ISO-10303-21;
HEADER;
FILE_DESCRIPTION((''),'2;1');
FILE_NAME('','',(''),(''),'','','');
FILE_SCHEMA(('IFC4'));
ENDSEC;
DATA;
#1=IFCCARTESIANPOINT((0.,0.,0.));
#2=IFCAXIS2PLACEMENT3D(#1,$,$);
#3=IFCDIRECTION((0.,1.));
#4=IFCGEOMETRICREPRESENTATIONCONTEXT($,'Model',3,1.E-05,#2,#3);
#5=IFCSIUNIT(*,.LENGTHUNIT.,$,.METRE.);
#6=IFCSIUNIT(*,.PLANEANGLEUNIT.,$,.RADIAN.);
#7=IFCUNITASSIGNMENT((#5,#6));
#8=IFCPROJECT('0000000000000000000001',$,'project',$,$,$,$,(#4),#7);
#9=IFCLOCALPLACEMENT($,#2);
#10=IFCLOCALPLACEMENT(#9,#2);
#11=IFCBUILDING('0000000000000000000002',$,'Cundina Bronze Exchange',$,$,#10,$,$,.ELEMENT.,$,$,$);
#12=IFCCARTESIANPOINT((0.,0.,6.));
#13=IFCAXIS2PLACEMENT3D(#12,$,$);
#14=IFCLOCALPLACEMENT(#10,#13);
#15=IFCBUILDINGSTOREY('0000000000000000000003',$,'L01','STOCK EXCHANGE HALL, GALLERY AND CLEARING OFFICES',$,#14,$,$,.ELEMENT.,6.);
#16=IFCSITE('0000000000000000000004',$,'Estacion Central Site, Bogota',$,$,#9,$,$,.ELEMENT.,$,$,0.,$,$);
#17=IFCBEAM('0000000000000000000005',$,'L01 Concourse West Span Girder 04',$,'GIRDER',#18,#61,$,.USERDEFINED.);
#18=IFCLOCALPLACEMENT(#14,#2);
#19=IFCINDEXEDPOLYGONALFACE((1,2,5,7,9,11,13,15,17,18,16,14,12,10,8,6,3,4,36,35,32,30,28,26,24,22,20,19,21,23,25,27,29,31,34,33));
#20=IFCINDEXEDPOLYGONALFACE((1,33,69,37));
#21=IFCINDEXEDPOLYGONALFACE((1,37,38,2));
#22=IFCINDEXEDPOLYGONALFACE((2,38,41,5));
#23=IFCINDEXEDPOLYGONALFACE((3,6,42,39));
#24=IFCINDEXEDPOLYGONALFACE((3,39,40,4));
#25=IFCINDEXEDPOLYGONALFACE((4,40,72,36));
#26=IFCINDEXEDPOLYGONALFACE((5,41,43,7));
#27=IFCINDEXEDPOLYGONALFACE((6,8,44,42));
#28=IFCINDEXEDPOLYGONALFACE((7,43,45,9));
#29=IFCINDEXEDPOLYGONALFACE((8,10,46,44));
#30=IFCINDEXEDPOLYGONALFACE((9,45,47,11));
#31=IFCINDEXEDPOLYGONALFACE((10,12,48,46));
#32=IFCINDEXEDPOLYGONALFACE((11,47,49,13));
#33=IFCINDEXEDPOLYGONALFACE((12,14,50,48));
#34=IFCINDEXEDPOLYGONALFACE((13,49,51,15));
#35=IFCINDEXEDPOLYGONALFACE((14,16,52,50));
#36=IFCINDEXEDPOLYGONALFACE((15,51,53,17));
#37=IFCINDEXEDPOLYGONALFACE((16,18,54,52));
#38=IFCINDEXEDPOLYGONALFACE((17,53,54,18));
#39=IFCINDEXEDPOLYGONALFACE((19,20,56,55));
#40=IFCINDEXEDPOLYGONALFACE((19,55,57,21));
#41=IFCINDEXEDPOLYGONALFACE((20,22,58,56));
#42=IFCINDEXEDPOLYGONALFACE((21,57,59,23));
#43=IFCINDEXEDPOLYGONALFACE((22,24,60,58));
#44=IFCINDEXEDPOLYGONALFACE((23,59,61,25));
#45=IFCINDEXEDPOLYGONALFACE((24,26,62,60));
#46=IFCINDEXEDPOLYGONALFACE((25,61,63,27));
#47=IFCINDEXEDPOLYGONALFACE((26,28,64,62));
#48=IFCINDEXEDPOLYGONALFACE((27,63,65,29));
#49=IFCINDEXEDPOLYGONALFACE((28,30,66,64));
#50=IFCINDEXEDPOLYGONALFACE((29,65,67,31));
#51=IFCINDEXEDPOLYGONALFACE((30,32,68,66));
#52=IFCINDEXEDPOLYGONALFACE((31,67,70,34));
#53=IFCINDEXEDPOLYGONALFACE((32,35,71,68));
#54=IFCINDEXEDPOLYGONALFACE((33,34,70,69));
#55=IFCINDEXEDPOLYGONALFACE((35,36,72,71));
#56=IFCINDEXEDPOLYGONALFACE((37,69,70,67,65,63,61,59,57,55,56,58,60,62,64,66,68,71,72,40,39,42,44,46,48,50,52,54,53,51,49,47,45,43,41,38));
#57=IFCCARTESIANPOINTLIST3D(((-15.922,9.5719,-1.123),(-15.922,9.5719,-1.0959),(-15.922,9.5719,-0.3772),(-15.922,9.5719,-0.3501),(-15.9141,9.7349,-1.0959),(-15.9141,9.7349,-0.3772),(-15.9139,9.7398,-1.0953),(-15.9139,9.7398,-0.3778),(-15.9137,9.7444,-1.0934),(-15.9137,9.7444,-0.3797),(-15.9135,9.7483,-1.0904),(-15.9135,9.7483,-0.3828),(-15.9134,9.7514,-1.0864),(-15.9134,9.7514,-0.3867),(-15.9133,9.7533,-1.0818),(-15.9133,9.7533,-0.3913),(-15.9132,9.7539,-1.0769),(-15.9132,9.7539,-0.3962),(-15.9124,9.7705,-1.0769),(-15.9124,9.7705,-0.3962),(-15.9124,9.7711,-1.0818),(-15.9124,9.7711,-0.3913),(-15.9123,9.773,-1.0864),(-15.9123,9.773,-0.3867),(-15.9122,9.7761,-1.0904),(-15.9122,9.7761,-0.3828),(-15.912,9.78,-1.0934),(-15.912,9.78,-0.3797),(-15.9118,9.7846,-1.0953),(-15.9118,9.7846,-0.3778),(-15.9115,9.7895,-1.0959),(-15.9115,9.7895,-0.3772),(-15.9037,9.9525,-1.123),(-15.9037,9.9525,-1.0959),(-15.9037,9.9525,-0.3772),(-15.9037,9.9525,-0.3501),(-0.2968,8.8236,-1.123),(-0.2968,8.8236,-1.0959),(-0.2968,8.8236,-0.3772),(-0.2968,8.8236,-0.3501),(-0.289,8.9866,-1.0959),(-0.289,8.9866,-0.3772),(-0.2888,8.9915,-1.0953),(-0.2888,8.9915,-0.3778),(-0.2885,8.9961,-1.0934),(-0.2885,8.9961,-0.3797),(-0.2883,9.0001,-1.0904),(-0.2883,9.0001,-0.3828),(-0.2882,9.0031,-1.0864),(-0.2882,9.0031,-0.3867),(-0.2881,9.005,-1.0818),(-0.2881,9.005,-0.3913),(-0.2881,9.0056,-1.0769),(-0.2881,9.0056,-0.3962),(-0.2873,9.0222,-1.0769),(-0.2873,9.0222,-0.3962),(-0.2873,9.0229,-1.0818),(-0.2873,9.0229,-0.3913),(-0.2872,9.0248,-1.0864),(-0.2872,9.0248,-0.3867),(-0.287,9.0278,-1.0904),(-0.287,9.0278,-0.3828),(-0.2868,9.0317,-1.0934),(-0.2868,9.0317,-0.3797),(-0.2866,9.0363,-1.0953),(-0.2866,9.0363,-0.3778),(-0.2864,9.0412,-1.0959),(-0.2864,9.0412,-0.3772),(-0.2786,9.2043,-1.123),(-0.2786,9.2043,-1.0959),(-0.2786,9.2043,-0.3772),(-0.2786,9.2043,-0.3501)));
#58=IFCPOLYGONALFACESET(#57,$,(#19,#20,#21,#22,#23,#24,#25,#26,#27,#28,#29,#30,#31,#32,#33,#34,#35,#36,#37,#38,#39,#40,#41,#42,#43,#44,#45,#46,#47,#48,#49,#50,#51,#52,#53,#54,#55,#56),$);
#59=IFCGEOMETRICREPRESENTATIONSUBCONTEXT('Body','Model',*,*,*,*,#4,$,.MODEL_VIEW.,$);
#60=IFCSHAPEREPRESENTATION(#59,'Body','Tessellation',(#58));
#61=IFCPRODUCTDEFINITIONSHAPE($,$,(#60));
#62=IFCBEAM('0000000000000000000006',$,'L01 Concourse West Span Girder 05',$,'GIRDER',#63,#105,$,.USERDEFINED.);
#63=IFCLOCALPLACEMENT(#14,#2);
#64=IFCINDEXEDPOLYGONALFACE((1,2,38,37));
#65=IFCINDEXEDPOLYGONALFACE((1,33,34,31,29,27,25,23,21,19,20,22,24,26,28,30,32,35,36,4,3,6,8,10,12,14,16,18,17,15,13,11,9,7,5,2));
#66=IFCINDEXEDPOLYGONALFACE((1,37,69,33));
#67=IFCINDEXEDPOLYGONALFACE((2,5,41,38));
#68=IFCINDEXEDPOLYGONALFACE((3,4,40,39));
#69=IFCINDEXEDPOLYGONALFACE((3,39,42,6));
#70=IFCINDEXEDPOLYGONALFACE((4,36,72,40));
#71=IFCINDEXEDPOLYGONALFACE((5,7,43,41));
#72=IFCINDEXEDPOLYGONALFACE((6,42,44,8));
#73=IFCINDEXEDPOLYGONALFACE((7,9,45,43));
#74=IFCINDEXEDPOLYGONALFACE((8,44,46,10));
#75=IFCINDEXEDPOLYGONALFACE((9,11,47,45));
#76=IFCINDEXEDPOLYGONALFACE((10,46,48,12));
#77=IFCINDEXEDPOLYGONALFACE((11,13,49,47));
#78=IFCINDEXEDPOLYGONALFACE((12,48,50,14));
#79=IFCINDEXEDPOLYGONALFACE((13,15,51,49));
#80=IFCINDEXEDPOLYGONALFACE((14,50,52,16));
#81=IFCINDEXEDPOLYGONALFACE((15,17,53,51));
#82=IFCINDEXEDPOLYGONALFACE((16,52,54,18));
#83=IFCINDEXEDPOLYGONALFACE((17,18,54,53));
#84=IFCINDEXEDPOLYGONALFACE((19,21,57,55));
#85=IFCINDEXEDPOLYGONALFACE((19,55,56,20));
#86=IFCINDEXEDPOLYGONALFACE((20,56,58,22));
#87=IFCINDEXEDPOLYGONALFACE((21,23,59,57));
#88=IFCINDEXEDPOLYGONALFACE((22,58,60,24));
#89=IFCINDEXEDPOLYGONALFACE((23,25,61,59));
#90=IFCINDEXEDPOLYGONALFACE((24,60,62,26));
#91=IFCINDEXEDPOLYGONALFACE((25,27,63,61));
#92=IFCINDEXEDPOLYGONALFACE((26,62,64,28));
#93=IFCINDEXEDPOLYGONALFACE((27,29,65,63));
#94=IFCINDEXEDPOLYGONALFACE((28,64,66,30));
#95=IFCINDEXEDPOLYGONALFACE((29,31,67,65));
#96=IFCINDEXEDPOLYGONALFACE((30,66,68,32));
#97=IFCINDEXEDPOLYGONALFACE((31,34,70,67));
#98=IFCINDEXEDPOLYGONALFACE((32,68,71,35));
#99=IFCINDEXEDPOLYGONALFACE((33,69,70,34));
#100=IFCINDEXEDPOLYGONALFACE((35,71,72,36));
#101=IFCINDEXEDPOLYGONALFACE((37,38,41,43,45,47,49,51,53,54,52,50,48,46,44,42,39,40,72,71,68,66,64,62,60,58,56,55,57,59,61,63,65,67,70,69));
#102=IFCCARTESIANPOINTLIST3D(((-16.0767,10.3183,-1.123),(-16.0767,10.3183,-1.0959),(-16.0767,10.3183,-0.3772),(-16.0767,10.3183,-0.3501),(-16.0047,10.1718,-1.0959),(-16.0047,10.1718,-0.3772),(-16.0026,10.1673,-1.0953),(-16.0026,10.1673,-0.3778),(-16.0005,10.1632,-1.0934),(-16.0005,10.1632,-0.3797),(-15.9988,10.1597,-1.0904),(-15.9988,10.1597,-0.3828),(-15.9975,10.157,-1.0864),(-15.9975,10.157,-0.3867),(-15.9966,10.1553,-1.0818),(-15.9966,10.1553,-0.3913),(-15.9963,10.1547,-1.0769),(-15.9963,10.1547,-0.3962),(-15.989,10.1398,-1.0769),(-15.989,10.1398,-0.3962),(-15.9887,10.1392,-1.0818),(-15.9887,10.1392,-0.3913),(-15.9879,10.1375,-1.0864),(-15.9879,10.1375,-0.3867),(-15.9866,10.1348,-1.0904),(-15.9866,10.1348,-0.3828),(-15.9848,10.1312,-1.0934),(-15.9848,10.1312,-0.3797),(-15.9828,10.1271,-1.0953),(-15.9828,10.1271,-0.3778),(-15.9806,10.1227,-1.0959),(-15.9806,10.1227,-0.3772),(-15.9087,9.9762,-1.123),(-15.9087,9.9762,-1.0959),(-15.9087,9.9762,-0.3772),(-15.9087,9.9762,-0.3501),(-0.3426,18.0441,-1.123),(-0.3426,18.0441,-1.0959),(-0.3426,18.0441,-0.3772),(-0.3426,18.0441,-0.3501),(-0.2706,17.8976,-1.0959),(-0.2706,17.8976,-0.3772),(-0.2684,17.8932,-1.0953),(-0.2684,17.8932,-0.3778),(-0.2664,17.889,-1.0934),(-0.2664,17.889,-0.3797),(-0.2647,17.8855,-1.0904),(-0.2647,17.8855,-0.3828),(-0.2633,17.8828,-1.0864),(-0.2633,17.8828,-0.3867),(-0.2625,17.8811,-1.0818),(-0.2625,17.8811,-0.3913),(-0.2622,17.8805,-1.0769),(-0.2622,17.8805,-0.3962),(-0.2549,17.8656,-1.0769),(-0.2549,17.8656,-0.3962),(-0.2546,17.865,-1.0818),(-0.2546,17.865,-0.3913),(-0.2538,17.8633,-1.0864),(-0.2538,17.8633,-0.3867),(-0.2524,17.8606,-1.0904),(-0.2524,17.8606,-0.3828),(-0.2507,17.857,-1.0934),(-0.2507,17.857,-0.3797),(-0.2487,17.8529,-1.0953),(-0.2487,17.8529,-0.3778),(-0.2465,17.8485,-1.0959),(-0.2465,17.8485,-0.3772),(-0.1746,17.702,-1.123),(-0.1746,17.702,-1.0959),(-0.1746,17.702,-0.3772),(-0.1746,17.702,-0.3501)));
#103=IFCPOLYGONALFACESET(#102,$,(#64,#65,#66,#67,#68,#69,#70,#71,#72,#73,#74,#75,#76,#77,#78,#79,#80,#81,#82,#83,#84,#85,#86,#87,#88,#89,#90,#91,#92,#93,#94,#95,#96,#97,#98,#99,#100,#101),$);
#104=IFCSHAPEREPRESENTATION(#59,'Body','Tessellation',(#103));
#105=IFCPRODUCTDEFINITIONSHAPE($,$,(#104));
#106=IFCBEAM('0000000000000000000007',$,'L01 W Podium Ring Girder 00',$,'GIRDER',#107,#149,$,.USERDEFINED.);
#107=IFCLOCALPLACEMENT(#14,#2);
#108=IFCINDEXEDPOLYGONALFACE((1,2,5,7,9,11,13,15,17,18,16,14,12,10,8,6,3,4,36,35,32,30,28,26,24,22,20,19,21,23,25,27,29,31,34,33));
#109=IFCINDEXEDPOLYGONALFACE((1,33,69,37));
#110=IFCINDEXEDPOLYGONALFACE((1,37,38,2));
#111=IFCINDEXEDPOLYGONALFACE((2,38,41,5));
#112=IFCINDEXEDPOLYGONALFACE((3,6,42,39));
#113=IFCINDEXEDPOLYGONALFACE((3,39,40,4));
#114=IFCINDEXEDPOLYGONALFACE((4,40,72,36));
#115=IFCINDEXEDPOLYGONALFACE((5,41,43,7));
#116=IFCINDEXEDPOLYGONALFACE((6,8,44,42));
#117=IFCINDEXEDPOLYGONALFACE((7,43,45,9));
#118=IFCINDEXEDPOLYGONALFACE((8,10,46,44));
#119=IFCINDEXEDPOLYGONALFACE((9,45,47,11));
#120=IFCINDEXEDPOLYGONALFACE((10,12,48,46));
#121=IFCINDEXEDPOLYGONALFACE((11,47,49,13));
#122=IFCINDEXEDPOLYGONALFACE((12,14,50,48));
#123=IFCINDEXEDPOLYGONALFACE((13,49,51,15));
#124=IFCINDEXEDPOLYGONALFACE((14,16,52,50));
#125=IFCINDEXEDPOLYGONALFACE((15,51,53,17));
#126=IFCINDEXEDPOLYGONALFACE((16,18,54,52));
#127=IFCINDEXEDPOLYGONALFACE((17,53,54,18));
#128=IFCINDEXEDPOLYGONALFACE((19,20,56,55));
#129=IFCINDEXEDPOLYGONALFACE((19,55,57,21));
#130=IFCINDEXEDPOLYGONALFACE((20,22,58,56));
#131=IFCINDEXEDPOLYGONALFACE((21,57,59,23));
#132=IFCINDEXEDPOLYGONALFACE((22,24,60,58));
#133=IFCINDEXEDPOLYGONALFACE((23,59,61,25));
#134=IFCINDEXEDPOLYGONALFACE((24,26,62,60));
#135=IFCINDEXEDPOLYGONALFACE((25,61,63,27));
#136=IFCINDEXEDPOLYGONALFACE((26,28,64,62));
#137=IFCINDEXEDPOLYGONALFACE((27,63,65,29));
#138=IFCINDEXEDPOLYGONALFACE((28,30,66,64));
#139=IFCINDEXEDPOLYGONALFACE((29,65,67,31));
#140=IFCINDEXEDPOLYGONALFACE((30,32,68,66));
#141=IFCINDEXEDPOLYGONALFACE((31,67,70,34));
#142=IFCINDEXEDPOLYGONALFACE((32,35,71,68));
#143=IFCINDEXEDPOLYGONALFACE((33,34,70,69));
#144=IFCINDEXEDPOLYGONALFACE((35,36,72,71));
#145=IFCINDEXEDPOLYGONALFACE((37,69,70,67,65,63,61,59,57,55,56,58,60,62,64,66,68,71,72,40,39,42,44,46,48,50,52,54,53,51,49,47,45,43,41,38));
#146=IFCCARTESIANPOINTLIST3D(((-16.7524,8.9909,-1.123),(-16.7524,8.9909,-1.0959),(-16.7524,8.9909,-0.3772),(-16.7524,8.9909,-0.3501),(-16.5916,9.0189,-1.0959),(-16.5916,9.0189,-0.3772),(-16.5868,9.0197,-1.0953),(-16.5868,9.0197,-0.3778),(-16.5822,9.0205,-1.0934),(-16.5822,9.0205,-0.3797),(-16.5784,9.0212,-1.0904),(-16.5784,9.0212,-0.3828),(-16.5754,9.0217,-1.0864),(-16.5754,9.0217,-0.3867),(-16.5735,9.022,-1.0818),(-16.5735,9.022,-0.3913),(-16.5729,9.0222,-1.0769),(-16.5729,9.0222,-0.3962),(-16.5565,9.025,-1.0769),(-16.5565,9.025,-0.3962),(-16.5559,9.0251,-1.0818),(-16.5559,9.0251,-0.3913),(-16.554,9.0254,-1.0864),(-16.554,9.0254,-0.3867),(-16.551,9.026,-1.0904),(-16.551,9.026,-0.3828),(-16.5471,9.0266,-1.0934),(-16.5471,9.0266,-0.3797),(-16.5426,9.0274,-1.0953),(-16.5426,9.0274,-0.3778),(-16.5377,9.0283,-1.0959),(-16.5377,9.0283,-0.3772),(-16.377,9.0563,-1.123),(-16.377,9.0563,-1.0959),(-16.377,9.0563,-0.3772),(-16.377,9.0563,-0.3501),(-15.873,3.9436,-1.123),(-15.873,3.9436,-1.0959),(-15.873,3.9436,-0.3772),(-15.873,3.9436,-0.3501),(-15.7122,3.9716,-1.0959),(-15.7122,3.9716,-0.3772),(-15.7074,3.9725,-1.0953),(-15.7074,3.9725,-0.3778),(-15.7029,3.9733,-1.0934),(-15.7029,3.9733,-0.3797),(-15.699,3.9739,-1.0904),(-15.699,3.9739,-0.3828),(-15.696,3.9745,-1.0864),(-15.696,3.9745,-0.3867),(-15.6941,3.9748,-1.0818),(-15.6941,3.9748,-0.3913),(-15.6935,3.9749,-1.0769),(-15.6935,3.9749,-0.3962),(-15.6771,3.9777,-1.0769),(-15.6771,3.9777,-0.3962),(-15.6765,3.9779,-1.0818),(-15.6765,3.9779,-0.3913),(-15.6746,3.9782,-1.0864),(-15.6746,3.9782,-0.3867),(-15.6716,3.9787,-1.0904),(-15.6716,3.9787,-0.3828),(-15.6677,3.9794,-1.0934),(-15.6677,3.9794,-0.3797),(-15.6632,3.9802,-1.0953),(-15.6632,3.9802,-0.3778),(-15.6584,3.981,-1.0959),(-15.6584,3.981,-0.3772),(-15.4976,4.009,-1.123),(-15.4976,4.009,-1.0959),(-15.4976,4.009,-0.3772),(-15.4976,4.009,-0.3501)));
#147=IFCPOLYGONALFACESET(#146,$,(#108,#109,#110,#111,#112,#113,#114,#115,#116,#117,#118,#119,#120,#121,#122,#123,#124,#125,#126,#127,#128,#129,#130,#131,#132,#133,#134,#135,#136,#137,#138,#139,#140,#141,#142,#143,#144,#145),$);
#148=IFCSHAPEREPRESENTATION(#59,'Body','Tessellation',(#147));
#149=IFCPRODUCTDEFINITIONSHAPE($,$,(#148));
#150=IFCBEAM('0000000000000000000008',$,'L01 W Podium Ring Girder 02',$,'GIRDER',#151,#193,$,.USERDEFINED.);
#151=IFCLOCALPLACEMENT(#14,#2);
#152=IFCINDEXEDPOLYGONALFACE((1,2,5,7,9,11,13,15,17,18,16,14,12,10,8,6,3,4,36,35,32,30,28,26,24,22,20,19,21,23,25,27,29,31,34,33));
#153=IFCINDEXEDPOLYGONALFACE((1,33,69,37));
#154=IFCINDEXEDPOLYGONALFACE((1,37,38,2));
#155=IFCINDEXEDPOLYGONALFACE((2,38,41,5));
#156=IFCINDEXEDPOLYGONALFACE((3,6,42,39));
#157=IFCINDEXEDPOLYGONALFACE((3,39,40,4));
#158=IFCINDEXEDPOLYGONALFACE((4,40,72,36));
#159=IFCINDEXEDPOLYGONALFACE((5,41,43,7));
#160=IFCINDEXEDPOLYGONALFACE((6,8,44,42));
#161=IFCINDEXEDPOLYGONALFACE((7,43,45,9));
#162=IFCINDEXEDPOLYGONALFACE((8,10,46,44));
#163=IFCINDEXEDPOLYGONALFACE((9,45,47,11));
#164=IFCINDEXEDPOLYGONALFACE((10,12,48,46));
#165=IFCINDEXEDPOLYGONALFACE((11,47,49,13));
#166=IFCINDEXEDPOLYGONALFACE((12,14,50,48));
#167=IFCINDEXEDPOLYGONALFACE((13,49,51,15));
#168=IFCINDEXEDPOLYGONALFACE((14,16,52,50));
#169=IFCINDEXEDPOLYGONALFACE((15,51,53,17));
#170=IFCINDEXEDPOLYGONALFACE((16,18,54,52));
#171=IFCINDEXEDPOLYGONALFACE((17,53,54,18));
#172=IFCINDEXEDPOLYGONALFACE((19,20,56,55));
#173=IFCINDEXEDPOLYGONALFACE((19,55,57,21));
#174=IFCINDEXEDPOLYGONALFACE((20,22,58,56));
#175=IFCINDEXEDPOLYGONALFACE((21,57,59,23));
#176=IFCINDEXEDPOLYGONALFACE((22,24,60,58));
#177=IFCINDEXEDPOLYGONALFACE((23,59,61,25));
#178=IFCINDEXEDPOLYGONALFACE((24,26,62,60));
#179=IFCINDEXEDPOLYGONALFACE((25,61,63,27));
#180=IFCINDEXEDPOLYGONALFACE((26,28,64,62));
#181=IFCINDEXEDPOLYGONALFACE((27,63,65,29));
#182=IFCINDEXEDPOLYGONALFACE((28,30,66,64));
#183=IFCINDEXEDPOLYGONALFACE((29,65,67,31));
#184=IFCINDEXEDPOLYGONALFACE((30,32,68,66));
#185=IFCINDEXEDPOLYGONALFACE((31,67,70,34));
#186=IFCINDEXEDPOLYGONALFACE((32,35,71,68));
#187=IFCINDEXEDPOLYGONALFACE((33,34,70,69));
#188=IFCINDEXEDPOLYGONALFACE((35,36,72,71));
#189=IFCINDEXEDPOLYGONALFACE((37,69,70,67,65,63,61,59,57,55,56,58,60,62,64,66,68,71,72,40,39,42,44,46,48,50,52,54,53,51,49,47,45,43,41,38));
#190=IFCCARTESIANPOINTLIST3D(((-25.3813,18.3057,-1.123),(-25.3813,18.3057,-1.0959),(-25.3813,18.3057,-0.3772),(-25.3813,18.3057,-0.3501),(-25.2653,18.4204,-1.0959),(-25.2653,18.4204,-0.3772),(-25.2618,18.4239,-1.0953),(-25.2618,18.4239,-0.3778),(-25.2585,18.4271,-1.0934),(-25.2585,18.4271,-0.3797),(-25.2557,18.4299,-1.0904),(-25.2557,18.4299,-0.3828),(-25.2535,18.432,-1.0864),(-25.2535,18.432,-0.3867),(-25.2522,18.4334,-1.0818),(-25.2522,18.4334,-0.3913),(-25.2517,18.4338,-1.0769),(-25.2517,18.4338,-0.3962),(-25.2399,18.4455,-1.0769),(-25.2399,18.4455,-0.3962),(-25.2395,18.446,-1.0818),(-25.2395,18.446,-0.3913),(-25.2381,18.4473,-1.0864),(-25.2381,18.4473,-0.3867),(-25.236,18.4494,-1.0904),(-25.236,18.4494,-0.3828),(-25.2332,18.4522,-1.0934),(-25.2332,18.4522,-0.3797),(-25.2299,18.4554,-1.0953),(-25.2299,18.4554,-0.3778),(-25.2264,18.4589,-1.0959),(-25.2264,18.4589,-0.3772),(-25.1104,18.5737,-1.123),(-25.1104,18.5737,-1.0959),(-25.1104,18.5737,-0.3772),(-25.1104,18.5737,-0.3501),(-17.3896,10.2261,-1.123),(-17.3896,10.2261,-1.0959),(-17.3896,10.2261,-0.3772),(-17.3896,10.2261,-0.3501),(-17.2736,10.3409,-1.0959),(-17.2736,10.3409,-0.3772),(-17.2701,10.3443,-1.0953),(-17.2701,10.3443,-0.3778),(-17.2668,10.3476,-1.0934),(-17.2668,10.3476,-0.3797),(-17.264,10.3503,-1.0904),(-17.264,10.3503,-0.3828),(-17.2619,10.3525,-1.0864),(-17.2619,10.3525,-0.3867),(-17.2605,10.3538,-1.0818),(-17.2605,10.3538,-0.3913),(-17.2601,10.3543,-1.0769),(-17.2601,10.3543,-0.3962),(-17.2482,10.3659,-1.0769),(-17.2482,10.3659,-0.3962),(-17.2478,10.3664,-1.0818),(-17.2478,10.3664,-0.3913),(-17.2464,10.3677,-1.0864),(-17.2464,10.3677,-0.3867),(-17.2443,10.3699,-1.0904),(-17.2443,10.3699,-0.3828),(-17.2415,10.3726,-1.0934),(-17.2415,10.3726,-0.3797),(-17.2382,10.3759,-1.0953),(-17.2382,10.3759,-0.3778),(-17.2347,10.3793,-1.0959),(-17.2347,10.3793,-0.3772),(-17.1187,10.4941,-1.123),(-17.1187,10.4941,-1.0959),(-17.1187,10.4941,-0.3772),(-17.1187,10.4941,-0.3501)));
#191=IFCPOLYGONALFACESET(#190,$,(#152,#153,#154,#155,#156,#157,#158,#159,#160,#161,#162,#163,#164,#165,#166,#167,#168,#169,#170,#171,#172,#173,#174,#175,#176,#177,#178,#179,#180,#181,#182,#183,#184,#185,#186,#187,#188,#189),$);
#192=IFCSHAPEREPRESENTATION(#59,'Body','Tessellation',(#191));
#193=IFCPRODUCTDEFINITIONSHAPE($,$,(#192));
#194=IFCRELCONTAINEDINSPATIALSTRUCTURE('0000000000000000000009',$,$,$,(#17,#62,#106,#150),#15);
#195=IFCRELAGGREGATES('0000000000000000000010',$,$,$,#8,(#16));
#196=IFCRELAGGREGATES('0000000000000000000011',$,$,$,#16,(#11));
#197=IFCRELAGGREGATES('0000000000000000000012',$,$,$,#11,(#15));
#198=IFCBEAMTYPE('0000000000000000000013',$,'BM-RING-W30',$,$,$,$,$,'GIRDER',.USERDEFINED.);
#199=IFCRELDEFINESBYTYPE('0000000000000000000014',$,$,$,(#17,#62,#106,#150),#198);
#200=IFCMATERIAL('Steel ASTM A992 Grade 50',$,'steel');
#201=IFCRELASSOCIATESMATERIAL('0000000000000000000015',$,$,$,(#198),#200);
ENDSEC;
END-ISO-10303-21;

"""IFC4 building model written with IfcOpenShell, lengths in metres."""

from ifc_helpers import new_model, si_unit, direction, frame, origin, origin_2d, place, context, subcontext, project, spatial, i_section, extrude, material, material_profile, profile_set, type_object, element, save


model = new_model("IFC4")

# Units and contexts
model_context = context("Model", 3, precision=1e-05, world=origin(), true_north=direction((0.0, 1.0)))
body_context = subcontext(model_context, "Body", "Model", "MODEL_VIEW")
ifc_project = project(units=[si_unit("LENGTHUNIT", "METRE"), si_unit("PLANEANGLEUNIT", "RADIAN")], contexts=[model_context])

# Site, building, storey
site_placement = place(None, origin())
site = spatial("IfcSite", under=ifc_project, at=site_placement, Name="Estacion Central Site, Bogota", CompositionType="ELEMENT", RefElevation=0.0)
building_placement = place(site_placement, origin())
building = spatial("IfcBuilding", under=site, at=building_placement, Name="Cundina Bronze Exchange", CompositionType="ELEMENT")
storey_placement = place(building_placement, frame((0.0, 0.0, 6.0)))
storey = spatial("IfcBuildingStorey", under=building, at=storey_placement, Name="L01", Description="STOCK EXCHANGE HALL, GALLERY AND CLEARING OFFICES", CompositionType="ELEMENT", Elevation=6.0)

# Beams
ifc_material_1 = material(Name="Steel ASTM A992 Grade 50", Category="steel")
ifc_material_profile_1 = material_profile(ifc_material_1, i_section(OverallWidth=0.3811, OverallDepth=0.7729, WebThickness=0.0166, FlangeThickness=0.0271, FilletRadius=0.019, at=origin_2d()), Name="W30X173", Category="steel")
ifc_profile_set_1 = profile_set([ifc_material_profile_1], Name="Steel ASTM A992 Grade 50")
beam_type = type_object("IfcBeamType", Name="BM-RING-W30", ElementType="GIRDER", PredefinedType="USERDEFINED", material=ifc_profile_set_1)
beam_1_placement = place(storey_placement, frame((-15.9128, 9.7622, -0.7366), z_axis=(0.998855, -0.047835, 0.0), x_axis=(0.047835, 0.998855, 0.0)))
element("IfcBeam", 1, at=beam_1_placement, inside=storey, type_object=beam_type, Name="L01 Concourse West Span Girder 04", ObjectType="GIRDER", PredefinedType="USERDEFINED", context=body_context, shape_type="SweptSolid", body=[
    extrude(i_section(OverallWidth=0.3811, OverallDepth=0.7729, WebThickness=0.0166, FlangeThickness=0.0271, FilletRadius=0.019, at=origin_2d()), origin(), (0.0, 0.0, 1.0), 15.6431),
])
beam_2_placement = place(storey_placement, frame((-15.9927, 10.1472, -0.7366), z_axis=(0.897627, 0.440756, 0.0), x_axis=(-0.440756, 0.897627, 0.0)))
element("IfcBeam", 2, at=beam_2_placement, inside=storey, type_object=beam_type, Name="L01 Concourse West Span Girder 05", ObjectType="GIRDER", PredefinedType="USERDEFINED", context=body_context, shape_type="SweptSolid", body=[
    extrude(i_section(OverallWidth=0.3811, OverallDepth=0.7729, WebThickness=0.0166, FlangeThickness=0.0271, FilletRadius=0.019, at=origin_2d()), origin(), (0.0, 0.0, 1.0), 17.5286),
])
beam_3_placement = place(storey_placement, frame((-15.6853, 3.9763, -0.7366), z_axis=(-0.171643, 0.985159, 0.0), x_axis=(-0.985159, -0.171643, 0.0)))
element("IfcBeam", 3, at=beam_3_placement, inside=storey, type_object=beam_type, Name="L01 W Podium Ring Girder 00", ObjectType="GIRDER", PredefinedType="USERDEFINED", context=body_context, shape_type="SweptSolid", body=[
    extrude(i_section(OverallWidth=0.3811, OverallDepth=0.7729, WebThickness=0.0166, FlangeThickness=0.0271, FilletRadius=0.019, at=origin_2d()), origin(), (0.0, 0.0, 1.0), 5.1233),
])
beam_4_placement = place(storey_placement, frame((-17.2542, 10.3601, -0.7366), z_axis=(-0.703229, 0.710963, 0.0), x_axis=(-0.710963, -0.703229, 0.0)))
element("IfcBeam", 4, at=beam_4_placement, inside=storey, type_object=beam_type, Name="L01 W Podium Ring Girder 02", ObjectType="GIRDER", PredefinedType="USERDEFINED", context=body_context, shape_type="SweptSolid", body=[
    extrude(i_section(OverallWidth=0.3811, OverallDepth=0.7729, WebThickness=0.0166, FlangeThickness=0.0271, FilletRadius=0.019, at=origin_2d()), origin(), (0.0, 0.0, 1.0), 11.3643),
])

save(model, "model.ifc")
